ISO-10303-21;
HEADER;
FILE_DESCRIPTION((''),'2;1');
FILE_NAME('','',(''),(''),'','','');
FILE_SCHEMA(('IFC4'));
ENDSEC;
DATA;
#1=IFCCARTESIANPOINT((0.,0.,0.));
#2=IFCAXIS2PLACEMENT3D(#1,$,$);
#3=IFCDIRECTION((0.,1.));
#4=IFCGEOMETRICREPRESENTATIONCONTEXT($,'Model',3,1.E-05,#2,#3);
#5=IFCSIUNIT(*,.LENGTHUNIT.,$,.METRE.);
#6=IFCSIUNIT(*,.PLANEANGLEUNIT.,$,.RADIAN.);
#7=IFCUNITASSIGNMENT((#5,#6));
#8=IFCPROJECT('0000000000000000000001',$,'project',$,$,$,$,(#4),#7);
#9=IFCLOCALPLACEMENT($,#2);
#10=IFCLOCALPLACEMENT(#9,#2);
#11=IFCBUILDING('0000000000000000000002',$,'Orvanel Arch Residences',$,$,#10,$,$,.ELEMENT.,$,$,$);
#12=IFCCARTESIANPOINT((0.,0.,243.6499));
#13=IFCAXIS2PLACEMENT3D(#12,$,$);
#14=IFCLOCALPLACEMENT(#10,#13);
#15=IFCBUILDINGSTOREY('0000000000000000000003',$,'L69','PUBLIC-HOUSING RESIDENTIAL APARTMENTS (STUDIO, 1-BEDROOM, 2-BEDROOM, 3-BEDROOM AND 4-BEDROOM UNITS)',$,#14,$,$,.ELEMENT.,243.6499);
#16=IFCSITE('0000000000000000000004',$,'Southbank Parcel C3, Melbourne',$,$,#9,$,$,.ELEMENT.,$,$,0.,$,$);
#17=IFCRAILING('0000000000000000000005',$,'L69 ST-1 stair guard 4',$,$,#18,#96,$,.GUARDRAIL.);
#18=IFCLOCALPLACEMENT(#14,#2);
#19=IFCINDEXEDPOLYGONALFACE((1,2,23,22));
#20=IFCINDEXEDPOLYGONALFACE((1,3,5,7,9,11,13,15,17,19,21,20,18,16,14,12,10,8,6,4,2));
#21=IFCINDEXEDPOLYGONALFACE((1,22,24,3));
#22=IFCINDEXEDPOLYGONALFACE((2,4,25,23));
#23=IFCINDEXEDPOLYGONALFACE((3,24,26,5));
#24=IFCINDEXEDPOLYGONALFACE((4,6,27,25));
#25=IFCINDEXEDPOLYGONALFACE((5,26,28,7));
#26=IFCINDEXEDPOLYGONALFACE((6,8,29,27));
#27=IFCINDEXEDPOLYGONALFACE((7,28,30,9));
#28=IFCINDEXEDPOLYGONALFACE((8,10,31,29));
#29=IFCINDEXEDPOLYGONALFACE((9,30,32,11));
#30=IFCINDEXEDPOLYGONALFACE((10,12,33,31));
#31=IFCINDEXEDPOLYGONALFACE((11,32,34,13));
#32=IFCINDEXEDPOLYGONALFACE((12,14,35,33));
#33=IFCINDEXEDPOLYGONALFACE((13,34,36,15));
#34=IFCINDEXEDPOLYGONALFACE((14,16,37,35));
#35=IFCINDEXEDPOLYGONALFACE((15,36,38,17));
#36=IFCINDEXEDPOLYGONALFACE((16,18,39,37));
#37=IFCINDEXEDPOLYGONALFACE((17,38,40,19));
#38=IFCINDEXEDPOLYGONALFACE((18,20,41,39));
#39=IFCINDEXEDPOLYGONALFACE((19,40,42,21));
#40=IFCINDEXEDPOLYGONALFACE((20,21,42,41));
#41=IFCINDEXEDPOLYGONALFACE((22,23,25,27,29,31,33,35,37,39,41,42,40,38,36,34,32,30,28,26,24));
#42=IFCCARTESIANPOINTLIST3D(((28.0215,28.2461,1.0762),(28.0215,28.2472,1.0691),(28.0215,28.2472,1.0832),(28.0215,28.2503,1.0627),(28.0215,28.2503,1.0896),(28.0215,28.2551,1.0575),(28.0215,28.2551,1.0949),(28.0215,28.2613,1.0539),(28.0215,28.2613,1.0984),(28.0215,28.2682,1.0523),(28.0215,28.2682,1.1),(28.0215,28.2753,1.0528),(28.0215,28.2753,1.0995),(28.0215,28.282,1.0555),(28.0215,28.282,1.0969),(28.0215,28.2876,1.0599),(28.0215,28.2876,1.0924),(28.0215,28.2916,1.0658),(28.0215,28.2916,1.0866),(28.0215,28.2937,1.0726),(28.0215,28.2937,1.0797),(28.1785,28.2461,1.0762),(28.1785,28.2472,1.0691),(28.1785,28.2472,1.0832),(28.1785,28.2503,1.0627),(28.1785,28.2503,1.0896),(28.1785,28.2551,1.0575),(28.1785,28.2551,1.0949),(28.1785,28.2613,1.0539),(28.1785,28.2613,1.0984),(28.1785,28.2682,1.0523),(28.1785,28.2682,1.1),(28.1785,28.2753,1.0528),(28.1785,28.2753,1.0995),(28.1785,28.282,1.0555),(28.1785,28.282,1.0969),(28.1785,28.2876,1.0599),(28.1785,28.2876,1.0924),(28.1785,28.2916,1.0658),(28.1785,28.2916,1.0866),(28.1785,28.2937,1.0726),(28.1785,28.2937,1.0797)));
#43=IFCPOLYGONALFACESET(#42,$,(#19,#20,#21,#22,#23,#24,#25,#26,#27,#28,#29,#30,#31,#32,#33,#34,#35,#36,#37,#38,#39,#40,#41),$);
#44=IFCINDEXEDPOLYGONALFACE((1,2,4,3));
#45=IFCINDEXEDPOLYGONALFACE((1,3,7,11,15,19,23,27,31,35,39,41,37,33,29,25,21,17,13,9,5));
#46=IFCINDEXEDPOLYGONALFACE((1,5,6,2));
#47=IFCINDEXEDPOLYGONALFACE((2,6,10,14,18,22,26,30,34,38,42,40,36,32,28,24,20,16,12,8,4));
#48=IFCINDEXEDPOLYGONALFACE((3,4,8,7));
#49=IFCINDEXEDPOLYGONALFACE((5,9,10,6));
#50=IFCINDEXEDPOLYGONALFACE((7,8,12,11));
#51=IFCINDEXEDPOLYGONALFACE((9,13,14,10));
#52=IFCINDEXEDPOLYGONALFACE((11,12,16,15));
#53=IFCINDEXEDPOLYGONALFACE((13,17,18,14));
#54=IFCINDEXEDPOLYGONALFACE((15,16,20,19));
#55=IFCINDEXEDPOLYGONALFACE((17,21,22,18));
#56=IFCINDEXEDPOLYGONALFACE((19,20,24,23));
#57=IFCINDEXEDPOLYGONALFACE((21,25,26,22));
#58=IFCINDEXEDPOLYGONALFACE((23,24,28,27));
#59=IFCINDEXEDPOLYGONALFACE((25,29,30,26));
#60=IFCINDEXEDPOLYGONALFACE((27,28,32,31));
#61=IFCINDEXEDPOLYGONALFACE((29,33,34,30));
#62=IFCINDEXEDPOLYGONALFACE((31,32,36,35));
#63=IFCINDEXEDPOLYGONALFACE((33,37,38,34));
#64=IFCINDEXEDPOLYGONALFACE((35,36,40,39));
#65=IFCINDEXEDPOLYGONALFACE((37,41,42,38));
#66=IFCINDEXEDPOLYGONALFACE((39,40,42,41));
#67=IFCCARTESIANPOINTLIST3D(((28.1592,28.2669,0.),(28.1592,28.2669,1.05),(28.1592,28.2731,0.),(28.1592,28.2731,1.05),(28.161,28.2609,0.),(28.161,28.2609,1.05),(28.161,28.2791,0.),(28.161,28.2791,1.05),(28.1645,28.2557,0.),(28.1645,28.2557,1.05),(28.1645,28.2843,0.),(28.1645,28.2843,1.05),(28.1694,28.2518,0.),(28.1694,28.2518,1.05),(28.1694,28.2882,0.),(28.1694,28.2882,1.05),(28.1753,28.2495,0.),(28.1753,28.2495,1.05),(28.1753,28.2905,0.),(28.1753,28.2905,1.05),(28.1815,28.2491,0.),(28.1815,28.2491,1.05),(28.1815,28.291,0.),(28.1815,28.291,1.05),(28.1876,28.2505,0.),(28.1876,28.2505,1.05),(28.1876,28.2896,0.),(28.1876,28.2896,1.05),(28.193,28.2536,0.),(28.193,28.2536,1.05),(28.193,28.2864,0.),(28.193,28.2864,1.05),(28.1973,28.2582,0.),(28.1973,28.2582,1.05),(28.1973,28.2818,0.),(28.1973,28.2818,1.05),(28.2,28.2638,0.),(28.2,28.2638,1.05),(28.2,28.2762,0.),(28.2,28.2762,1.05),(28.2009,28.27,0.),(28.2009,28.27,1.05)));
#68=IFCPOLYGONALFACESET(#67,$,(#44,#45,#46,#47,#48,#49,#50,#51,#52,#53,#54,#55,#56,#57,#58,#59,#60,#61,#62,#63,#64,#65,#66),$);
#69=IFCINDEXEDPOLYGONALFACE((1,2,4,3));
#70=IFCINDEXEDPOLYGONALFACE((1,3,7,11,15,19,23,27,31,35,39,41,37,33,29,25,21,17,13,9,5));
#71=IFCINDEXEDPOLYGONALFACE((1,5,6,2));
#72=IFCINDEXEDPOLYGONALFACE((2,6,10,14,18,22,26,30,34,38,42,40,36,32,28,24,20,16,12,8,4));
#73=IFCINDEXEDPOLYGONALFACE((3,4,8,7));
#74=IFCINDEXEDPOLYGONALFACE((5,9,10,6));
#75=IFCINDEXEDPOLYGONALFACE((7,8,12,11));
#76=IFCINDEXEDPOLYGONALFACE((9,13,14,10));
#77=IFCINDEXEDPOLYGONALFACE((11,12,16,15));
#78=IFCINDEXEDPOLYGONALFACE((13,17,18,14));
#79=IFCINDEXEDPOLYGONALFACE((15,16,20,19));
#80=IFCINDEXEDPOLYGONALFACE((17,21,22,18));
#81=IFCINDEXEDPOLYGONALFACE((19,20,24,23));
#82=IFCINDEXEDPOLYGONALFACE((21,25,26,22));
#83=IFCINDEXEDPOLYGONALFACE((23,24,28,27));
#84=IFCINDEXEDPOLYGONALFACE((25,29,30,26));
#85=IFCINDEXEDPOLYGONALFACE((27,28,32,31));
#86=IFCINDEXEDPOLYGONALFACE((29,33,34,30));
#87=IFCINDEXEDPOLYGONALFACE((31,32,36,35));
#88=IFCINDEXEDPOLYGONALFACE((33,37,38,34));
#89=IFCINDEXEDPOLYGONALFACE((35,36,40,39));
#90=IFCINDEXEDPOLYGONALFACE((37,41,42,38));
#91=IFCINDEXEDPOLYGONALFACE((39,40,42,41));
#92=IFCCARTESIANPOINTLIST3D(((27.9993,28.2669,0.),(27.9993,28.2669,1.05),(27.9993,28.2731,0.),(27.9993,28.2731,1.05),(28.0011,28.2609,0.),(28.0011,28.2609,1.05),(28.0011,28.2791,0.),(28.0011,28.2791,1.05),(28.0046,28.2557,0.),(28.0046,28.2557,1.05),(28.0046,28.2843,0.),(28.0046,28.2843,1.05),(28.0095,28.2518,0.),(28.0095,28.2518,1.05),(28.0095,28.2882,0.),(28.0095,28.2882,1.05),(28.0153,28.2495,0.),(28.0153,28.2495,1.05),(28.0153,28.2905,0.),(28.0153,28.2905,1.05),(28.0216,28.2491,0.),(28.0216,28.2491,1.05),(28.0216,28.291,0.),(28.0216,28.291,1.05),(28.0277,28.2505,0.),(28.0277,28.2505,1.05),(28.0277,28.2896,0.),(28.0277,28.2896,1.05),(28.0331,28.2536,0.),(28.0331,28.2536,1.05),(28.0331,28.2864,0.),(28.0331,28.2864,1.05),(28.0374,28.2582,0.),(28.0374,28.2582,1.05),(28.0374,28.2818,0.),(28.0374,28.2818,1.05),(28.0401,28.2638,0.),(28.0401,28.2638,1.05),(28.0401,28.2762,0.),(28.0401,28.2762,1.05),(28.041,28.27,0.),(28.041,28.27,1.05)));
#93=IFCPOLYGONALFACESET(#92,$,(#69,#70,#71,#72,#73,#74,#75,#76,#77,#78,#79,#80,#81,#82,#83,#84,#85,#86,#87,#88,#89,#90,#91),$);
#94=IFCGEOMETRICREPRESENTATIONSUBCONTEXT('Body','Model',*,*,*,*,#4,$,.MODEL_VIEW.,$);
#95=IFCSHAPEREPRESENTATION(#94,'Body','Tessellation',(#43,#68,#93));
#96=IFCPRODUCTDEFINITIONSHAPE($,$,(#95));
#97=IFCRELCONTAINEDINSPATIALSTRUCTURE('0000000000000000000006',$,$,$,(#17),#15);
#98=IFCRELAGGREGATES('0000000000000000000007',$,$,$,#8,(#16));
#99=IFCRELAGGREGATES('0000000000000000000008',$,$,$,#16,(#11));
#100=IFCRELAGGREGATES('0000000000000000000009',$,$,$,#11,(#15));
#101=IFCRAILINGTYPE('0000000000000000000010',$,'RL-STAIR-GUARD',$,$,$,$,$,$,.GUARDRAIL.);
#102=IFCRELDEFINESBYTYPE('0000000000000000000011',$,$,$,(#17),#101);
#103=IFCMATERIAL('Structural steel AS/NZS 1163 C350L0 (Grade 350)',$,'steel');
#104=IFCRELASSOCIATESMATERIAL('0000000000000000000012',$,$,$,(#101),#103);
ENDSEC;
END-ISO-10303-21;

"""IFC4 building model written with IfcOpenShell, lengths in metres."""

from ifc_helpers import new_model, si_unit, direction, frame, origin, origin_2d, place, context, subcontext, project, spatial, circle, extrude, material, type_object, element, save


model = new_model("IFC4")

# Units and contexts
model_context = context("Model", 3, precision=1e-05, world=origin(), true_north=direction((0.0, 1.0)))
body_context = subcontext(model_context, "Body", "Model", "MODEL_VIEW")
ifc_project = project(units=[si_unit("LENGTHUNIT", "METRE"), si_unit("PLANEANGLEUNIT", "RADIAN")], contexts=[model_context])

# Site, building, storey
site_placement = place(None, origin())
site = spatial("IfcSite", under=ifc_project, at=site_placement, Name="Southbank Parcel C3, Melbourne", CompositionType="ELEMENT", RefElevation=0.0)
building_placement = place(site_placement, origin())
building = spatial("IfcBuilding", under=site, at=building_placement, Name="Orvanel Arch Residences", CompositionType="ELEMENT")
storey_placement = place(building_placement, frame((0.0, 0.0, 243.6499)))
storey = spatial("IfcBuildingStorey", under=building, at=storey_placement, Name="L69", Description="PUBLIC-HOUSING RESIDENTIAL APARTMENTS (STUDIO, 1-BEDROOM, 2-BEDROOM, 3-BEDROOM AND 4-BEDROOM UNITS)", CompositionType="ELEMENT", Elevation=243.6499)

# Railing
ifc_material_1 = material(Name="Structural steel AS/NZS 1163 C350L0 (Grade 350)", Category="steel")
railing_type_1 = type_object("IfcRailingType", Name="RL-STAIR-GUARD", PredefinedType="GUARDRAIL", material=ifc_material_1)
railing_1_placement = place(storey_placement, frame((28.1799, 28.27, 0.0)))
element("IfcRailing", 1, at=railing_1_placement, inside=storey, type_object=railing_type_1, Name="L69 ST-1 stair guard 4", PredefinedType="GUARDRAIL", context=body_context, shape_type="SweptSolid", body=[
    extrude(circle(Radius=0.0239, at=origin_2d()), frame((-0.0015, 0.0, 1.0762), z_axis=(-1.0, 0.0, 0.0), x_axis=(0.0, -1.0, 0.0)), (0.0, 0.0, 1.0), 0.157),
    extrude(circle(Radius=0.021, at=origin_2d()), origin(), (0.0, 0.0, 1.0), 1.05),
    extrude(circle(Radius=0.021, at=origin_2d()), frame((-0.1599, 0.0, 0.0)), (0.0, 0.0, 1.0), 1.05),
])

save(model, "model.ifc")
